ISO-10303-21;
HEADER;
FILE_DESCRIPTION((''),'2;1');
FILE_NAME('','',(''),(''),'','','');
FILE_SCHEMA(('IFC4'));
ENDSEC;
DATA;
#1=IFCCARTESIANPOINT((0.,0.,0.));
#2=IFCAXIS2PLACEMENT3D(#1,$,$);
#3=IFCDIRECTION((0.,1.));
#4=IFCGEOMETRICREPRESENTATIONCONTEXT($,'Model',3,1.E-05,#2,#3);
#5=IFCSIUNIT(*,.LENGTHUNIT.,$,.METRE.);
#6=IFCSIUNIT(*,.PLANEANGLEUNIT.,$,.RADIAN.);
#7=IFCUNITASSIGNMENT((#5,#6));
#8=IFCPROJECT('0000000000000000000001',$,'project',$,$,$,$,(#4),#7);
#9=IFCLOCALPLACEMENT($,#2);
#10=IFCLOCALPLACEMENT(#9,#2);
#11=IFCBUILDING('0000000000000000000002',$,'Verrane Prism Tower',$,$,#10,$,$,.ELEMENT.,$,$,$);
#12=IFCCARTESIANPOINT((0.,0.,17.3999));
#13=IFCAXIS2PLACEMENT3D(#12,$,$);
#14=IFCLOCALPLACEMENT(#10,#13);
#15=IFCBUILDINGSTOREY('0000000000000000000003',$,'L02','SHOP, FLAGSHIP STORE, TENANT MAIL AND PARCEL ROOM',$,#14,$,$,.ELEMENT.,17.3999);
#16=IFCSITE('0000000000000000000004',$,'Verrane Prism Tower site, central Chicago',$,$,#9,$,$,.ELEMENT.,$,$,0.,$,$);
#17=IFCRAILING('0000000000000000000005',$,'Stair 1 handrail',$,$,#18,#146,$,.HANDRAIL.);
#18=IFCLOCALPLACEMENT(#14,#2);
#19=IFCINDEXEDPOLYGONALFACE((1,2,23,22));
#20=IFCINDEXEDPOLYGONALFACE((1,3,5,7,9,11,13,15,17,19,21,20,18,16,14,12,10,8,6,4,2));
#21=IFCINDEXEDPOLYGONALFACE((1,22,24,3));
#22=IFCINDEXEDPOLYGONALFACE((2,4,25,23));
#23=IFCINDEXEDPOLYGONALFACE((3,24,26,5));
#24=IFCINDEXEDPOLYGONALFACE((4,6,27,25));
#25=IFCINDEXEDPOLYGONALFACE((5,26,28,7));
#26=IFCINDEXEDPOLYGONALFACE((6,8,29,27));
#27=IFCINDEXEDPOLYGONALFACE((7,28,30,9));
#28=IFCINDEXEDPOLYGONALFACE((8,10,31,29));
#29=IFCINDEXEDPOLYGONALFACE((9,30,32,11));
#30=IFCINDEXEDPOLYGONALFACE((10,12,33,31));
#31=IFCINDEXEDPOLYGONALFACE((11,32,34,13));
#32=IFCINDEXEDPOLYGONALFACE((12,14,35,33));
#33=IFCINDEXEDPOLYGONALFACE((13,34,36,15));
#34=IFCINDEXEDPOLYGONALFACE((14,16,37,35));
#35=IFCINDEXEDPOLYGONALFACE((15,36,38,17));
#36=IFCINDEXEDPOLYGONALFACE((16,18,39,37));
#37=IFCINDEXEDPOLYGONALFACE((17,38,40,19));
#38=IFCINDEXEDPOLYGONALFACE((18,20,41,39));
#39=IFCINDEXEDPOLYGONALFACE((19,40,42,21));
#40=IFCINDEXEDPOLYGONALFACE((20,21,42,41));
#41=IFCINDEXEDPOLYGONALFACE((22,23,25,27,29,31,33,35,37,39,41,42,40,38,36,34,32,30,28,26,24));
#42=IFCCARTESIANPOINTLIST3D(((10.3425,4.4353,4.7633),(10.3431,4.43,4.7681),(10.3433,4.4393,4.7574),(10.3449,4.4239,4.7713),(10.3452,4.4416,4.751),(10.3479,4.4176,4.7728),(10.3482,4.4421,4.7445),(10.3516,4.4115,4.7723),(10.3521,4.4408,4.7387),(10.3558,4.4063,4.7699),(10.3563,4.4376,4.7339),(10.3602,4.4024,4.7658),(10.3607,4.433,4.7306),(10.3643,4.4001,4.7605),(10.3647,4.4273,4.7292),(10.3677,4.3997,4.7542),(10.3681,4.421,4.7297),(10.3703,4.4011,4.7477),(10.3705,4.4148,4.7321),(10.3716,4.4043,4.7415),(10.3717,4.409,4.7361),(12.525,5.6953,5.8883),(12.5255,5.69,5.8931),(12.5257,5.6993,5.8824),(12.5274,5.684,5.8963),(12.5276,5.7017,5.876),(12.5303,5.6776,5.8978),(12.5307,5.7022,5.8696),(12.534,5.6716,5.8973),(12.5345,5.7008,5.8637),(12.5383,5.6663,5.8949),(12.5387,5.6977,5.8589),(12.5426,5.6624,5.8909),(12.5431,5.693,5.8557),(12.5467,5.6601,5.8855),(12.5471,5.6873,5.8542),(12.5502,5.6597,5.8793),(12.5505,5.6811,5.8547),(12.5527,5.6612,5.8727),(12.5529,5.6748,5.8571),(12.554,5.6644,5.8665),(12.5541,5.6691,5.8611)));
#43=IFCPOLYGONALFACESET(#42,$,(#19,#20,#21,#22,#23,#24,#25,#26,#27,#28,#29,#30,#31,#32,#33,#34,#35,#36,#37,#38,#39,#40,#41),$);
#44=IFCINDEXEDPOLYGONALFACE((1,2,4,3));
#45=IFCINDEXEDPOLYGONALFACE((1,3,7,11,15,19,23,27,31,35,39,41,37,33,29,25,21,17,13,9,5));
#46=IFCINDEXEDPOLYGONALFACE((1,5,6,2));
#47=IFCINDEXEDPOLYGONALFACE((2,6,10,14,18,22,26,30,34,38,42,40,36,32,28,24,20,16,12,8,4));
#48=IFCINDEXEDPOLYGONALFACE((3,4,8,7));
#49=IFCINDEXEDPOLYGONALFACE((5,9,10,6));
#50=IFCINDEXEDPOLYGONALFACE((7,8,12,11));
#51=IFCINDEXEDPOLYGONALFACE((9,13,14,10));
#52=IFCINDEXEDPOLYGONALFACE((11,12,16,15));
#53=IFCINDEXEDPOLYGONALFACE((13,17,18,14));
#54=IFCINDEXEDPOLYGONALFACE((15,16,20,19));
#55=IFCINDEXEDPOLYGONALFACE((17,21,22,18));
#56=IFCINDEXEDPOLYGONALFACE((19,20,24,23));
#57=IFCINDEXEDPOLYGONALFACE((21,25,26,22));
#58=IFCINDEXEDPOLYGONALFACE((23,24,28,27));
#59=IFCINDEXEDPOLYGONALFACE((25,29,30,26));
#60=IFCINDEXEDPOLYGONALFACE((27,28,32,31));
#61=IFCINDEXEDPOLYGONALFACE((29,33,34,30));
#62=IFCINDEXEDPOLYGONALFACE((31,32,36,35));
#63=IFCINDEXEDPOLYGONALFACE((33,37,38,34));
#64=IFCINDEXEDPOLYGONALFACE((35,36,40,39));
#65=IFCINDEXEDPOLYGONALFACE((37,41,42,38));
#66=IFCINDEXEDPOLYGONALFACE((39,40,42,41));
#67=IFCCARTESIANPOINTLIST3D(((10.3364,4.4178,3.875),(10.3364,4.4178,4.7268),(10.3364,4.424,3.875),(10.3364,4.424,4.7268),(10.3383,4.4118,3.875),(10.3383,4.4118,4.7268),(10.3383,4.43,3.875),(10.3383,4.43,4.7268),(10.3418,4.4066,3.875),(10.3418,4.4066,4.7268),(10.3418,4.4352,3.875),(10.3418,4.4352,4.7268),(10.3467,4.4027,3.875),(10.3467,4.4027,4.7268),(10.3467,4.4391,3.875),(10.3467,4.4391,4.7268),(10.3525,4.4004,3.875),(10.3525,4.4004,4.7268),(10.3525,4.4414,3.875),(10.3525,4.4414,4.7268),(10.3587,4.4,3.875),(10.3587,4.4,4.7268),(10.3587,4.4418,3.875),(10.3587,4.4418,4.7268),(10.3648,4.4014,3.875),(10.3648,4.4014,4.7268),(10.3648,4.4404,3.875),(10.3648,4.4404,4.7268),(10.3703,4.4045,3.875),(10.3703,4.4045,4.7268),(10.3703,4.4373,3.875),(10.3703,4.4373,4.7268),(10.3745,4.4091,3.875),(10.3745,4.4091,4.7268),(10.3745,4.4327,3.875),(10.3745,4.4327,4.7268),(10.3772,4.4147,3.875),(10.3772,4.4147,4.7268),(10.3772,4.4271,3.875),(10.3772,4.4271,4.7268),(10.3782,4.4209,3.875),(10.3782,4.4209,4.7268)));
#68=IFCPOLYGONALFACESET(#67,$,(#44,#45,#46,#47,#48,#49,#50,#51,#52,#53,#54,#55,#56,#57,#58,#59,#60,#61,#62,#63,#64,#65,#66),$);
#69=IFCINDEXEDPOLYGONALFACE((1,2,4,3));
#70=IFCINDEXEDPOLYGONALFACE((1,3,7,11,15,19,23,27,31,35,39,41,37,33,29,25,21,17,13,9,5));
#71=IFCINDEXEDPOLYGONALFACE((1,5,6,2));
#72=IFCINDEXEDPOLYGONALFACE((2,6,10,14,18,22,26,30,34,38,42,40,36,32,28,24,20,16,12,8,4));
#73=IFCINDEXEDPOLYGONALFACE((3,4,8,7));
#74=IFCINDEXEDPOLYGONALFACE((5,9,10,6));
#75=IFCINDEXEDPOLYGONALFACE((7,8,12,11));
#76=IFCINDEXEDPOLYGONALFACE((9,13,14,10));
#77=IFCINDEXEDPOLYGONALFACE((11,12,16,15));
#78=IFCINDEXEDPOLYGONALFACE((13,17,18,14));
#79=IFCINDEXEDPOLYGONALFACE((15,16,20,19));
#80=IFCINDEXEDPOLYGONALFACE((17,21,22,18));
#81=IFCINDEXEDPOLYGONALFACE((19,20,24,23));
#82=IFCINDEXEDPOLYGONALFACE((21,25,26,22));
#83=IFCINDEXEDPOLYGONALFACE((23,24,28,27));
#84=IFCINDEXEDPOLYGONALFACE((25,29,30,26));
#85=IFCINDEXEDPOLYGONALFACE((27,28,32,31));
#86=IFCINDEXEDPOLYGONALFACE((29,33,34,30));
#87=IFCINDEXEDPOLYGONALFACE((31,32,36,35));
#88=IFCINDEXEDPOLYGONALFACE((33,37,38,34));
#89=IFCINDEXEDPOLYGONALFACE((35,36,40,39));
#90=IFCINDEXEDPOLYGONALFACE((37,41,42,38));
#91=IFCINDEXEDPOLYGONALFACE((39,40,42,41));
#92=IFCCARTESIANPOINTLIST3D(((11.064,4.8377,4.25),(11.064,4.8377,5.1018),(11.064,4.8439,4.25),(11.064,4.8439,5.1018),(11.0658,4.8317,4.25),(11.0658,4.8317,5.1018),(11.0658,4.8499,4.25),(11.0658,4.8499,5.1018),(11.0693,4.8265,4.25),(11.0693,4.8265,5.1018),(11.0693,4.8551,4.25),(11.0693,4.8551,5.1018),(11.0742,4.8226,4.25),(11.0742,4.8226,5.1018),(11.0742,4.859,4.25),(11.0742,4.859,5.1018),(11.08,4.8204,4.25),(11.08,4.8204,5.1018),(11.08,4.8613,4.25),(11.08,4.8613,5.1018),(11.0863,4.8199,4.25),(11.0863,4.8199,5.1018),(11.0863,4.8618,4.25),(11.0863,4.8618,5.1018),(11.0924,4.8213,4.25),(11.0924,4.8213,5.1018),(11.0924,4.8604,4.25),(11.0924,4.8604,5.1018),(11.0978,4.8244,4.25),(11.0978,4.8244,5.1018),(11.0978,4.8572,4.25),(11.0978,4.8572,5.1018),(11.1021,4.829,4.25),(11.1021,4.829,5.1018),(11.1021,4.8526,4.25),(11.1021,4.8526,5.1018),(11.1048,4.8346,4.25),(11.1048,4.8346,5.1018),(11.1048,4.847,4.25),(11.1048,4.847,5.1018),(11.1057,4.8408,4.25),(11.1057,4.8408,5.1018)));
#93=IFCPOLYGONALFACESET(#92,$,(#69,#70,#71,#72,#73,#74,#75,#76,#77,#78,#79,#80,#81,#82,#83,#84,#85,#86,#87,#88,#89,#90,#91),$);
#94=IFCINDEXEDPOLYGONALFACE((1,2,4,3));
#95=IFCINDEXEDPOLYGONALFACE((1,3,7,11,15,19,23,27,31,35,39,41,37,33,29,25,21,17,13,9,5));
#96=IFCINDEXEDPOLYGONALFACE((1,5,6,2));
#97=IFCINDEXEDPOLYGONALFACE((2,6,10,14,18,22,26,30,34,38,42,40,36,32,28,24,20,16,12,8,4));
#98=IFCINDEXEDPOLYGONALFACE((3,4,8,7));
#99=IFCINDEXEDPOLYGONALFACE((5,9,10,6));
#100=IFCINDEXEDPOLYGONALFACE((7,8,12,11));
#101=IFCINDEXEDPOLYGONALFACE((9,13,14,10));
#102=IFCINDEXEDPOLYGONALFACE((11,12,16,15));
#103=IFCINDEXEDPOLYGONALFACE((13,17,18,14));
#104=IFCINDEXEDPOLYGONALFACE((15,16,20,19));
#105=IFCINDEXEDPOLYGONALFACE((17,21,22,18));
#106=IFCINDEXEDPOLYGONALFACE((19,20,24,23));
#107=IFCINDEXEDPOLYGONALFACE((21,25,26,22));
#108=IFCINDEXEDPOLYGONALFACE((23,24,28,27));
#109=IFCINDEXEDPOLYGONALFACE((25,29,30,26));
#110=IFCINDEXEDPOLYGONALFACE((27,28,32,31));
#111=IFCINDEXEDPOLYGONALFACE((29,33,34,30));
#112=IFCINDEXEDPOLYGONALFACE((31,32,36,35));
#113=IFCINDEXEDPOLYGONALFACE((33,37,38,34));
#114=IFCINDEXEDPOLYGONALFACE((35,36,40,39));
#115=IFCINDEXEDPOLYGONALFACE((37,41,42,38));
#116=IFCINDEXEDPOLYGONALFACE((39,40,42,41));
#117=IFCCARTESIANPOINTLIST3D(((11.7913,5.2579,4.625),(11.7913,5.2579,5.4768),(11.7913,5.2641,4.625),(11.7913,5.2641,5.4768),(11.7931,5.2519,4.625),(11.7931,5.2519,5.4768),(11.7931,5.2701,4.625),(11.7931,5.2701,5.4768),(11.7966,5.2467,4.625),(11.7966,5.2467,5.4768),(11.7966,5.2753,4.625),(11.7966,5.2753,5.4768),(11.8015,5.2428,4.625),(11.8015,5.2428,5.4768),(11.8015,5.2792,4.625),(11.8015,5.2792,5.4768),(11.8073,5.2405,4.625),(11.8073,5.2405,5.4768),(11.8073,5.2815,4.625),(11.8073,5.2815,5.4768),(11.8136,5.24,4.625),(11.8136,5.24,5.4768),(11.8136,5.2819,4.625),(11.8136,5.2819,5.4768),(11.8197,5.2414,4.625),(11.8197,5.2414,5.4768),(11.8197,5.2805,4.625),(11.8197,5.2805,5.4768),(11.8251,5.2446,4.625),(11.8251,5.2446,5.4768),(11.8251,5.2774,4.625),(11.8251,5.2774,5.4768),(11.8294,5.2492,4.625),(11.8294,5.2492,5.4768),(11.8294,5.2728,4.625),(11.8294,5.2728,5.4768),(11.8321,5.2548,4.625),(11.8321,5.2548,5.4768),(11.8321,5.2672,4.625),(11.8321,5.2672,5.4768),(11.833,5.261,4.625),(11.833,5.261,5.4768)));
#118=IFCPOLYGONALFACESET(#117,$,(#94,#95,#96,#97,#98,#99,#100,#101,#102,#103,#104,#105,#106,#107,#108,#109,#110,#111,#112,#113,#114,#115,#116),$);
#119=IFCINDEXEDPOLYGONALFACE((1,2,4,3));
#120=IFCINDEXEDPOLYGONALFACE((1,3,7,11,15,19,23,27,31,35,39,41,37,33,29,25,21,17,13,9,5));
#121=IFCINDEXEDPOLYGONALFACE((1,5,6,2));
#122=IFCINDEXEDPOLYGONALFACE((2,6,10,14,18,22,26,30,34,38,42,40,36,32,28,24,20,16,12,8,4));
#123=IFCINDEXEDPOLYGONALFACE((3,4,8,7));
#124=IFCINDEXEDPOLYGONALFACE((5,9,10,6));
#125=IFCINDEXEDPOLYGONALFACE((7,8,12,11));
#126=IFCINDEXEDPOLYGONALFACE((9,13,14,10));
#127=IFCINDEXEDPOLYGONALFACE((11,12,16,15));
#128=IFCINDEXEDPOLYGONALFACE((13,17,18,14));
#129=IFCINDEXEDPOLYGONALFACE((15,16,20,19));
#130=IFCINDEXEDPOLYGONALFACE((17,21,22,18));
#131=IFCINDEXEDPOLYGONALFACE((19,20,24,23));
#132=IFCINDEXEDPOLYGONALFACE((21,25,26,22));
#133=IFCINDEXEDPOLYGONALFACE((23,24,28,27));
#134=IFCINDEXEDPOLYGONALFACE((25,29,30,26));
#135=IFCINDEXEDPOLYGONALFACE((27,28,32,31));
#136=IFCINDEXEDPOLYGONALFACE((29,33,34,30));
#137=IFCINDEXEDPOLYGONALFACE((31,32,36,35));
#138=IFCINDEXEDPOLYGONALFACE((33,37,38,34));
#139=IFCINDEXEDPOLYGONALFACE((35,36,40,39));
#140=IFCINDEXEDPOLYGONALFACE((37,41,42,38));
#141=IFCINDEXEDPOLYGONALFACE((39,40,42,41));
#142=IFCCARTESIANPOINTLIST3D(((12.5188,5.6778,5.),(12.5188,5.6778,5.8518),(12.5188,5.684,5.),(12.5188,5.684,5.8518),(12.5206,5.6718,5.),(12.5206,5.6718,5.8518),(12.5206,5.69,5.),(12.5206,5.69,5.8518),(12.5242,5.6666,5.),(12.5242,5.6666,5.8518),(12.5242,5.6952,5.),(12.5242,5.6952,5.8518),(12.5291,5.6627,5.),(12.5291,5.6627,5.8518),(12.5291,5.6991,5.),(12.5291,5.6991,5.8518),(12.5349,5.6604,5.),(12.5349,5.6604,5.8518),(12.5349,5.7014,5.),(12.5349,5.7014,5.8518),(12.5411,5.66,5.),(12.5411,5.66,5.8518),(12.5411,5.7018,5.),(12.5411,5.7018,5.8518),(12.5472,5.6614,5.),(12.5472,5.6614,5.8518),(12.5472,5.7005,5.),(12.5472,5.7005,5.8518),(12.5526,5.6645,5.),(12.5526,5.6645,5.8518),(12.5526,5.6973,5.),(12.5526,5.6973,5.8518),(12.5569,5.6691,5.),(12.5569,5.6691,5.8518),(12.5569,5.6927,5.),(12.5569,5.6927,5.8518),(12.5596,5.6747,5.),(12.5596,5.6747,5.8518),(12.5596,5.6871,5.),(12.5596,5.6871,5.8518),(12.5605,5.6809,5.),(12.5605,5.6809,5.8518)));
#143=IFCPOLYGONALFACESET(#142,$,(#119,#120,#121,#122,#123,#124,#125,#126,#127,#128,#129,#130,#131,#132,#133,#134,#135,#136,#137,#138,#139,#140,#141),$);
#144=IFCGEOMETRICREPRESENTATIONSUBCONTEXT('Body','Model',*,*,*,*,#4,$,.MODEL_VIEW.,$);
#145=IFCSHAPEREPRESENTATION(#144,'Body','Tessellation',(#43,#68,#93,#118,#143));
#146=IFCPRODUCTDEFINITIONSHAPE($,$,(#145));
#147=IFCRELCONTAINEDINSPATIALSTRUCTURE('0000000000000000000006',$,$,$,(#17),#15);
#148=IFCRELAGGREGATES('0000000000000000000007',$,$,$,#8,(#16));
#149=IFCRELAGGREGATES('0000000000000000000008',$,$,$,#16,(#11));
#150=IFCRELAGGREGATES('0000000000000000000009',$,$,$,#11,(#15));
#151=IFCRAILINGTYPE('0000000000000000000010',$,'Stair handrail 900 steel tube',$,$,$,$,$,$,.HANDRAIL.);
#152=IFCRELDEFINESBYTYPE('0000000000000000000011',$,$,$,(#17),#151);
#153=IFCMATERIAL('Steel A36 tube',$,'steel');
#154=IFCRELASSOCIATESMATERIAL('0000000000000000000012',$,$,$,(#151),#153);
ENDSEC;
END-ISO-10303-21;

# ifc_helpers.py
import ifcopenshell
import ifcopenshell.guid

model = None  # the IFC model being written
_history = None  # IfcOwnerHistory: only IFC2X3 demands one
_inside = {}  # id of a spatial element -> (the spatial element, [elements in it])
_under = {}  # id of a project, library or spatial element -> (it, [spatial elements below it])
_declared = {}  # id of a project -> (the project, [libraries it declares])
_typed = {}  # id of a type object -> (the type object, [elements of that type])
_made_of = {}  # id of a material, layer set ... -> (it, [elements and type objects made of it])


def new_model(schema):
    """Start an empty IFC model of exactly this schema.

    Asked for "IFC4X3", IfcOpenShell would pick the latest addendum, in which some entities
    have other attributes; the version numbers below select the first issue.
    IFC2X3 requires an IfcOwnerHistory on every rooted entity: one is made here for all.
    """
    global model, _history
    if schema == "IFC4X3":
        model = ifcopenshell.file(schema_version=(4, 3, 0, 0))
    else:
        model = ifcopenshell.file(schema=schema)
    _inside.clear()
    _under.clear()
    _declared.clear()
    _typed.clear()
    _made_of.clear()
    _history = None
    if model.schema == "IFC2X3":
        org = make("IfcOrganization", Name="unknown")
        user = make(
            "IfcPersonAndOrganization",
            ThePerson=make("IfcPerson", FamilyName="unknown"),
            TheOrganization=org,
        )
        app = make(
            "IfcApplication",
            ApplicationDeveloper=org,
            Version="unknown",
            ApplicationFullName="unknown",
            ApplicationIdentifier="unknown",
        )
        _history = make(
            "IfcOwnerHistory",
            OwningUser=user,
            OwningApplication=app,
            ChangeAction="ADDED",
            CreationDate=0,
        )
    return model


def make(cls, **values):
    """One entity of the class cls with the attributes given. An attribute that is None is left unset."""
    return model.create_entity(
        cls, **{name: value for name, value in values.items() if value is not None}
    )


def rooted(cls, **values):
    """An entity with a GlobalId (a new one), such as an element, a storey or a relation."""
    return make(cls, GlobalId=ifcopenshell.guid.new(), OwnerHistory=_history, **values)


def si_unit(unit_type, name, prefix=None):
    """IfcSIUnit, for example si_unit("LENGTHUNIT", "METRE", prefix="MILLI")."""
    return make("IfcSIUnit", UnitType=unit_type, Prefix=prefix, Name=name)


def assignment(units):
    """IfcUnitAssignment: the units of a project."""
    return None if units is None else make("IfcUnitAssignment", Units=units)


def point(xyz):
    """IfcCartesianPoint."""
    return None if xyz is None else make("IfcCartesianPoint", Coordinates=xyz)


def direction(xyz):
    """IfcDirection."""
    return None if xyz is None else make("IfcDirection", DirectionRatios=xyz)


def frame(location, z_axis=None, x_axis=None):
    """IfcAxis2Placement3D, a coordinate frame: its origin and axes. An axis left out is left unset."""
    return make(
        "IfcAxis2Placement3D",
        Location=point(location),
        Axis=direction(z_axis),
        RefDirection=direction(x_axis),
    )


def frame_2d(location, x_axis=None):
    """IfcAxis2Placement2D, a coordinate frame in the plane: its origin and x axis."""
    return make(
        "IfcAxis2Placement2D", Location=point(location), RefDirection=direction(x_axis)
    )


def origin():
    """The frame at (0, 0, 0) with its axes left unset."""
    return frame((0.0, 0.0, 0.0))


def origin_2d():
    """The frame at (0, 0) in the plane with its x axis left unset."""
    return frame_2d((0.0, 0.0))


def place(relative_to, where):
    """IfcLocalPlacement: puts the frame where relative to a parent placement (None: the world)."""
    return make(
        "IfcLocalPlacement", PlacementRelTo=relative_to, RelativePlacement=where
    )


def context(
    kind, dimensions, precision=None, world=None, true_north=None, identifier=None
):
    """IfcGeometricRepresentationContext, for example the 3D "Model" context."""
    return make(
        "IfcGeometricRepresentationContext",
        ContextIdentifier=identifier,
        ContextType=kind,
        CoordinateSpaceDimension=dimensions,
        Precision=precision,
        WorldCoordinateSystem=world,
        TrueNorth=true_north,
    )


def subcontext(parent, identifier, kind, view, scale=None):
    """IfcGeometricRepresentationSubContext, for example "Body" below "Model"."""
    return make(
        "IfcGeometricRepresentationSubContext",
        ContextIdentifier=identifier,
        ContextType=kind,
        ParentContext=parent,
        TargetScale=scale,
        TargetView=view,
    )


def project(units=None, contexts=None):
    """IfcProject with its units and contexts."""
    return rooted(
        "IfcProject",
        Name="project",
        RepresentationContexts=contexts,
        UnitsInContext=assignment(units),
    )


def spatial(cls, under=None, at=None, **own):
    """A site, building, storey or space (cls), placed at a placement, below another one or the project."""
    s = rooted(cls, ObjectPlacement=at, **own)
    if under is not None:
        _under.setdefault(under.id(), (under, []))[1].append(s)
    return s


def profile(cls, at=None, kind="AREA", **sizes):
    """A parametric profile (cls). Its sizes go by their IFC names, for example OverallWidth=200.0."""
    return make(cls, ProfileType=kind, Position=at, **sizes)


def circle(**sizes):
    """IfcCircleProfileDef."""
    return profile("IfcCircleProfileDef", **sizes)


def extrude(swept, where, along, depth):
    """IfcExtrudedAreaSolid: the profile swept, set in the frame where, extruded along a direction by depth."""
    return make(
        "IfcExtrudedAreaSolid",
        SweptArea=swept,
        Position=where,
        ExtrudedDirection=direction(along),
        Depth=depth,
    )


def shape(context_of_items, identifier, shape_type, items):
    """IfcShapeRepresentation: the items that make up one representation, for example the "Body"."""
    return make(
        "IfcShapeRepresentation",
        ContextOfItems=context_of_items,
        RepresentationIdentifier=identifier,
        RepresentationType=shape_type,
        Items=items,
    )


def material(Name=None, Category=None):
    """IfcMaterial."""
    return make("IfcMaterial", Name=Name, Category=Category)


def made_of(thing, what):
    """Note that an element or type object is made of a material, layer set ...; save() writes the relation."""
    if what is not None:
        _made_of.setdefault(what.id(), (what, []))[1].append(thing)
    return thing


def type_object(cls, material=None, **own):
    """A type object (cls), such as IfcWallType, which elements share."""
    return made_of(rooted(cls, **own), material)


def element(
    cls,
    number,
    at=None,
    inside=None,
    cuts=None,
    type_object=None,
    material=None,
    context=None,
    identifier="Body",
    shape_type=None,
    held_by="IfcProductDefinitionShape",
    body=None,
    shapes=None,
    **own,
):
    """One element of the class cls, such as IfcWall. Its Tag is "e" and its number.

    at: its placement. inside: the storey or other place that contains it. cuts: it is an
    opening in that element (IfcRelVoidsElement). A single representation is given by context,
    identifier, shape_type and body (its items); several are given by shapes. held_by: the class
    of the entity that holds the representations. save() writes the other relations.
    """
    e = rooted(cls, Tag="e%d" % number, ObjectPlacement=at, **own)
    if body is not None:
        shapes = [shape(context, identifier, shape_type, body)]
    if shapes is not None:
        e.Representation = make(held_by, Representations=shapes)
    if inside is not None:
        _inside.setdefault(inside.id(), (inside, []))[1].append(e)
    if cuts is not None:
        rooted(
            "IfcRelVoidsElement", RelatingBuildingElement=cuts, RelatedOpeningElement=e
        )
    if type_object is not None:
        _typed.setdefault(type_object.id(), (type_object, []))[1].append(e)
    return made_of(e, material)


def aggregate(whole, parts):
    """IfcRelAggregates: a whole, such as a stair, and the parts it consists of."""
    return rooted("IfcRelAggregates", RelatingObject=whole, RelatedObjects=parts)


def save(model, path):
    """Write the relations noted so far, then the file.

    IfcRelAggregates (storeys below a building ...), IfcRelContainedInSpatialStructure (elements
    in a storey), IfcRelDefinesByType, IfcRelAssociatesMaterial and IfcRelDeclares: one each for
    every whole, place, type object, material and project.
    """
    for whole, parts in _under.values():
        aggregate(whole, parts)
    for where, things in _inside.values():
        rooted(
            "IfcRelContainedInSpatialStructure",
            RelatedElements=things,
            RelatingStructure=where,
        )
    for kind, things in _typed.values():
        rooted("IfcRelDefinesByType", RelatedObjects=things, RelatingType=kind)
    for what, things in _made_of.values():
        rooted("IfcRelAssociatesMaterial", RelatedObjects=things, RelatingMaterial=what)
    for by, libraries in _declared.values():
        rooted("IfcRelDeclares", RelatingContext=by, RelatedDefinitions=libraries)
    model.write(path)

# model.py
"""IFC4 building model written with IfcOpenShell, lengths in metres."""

from ifc_helpers import new_model, si_unit, direction, frame, origin, origin_2d, place, context, subcontext, project, spatial, circle, extrude, material, type_object, element, save


model = new_model("IFC4")

# Units and contexts
model_context = context("Model", 3, precision=1e-05, world=origin(), true_north=direction((0.0, 1.0)))
body_context = subcontext(model_context, "Body", "Model", "MODEL_VIEW")
ifc_project = project(units=[si_unit("LENGTHUNIT", "METRE"), si_unit("PLANEANGLEUNIT", "RADIAN")], contexts=[model_context])

# Site, building, storey
site_placement = place(None, origin())
site = spatial("IfcSite", under=ifc_project, at=site_placement, Name="Verrane Prism Tower site, central Chicago", CompositionType="ELEMENT", RefElevation=0.0)
building_placement = place(site_placement, origin())
building = spatial("IfcBuilding", under=site, at=building_placement, Name="Verrane Prism Tower", CompositionType="ELEMENT")
storey_placement = place(building_placement, frame((0.0, 0.0, 17.3999)))
storey = spatial("IfcBuildingStorey", under=building, at=storey_placement, Name="L02", Description="SHOP, FLAGSHIP STORE, TENANT MAIL AND PARCEL ROOM", CompositionType="ELEMENT", Elevation=17.3999)

# Railing
ifc_material_1 = material(Name="Steel A36 tube", Category="steel")
railing_type_1 = type_object("IfcRailingType", Name="Stair handrail 900 steel tube", PredefinedType="HANDRAIL", material=ifc_material_1)
railing_1_placement = place(storey_placement, frame((10.3572, 4.4209, 3.875)))
element("IfcRailing", 1, at=railing_1_placement, inside=storey, type_object=railing_type_1, Name="Stair 1 handrail", PredefinedType="HANDRAIL", context=body_context, shape_type="SweptSolid", body=[
    extrude(circle(Radius=0.0239, at=origin_2d()), frame((0.0, 0.0, 0.876), z_axis=(0.790798, 0.456573, 0.407651), x_axis=(-0.500005, 0.866023, 0.0)), (0.0, 0.0, 1.0), 2.7598),
    extrude(circle(Radius=0.021, at=origin_2d()), origin(), (0.0, 0.0, 1.0), 0.8518),
    extrude(circle(Radius=0.021, at=origin_2d()), frame((0.7275, 0.4199, 0.375)), (0.0, 0.0, 1.0), 0.8518),
    extrude(circle(Radius=0.021, at=origin_2d()), frame((1.4548, 0.8401, 0.75)), (0.0, 0.0, 1.0), 0.8518),
    extrude(circle(Radius=0.021, at=origin_2d()), frame((2.1824, 1.26, 1.125)), (0.0, 0.0, 1.0), 0.8518),
])

save(model, "model.ifc")
